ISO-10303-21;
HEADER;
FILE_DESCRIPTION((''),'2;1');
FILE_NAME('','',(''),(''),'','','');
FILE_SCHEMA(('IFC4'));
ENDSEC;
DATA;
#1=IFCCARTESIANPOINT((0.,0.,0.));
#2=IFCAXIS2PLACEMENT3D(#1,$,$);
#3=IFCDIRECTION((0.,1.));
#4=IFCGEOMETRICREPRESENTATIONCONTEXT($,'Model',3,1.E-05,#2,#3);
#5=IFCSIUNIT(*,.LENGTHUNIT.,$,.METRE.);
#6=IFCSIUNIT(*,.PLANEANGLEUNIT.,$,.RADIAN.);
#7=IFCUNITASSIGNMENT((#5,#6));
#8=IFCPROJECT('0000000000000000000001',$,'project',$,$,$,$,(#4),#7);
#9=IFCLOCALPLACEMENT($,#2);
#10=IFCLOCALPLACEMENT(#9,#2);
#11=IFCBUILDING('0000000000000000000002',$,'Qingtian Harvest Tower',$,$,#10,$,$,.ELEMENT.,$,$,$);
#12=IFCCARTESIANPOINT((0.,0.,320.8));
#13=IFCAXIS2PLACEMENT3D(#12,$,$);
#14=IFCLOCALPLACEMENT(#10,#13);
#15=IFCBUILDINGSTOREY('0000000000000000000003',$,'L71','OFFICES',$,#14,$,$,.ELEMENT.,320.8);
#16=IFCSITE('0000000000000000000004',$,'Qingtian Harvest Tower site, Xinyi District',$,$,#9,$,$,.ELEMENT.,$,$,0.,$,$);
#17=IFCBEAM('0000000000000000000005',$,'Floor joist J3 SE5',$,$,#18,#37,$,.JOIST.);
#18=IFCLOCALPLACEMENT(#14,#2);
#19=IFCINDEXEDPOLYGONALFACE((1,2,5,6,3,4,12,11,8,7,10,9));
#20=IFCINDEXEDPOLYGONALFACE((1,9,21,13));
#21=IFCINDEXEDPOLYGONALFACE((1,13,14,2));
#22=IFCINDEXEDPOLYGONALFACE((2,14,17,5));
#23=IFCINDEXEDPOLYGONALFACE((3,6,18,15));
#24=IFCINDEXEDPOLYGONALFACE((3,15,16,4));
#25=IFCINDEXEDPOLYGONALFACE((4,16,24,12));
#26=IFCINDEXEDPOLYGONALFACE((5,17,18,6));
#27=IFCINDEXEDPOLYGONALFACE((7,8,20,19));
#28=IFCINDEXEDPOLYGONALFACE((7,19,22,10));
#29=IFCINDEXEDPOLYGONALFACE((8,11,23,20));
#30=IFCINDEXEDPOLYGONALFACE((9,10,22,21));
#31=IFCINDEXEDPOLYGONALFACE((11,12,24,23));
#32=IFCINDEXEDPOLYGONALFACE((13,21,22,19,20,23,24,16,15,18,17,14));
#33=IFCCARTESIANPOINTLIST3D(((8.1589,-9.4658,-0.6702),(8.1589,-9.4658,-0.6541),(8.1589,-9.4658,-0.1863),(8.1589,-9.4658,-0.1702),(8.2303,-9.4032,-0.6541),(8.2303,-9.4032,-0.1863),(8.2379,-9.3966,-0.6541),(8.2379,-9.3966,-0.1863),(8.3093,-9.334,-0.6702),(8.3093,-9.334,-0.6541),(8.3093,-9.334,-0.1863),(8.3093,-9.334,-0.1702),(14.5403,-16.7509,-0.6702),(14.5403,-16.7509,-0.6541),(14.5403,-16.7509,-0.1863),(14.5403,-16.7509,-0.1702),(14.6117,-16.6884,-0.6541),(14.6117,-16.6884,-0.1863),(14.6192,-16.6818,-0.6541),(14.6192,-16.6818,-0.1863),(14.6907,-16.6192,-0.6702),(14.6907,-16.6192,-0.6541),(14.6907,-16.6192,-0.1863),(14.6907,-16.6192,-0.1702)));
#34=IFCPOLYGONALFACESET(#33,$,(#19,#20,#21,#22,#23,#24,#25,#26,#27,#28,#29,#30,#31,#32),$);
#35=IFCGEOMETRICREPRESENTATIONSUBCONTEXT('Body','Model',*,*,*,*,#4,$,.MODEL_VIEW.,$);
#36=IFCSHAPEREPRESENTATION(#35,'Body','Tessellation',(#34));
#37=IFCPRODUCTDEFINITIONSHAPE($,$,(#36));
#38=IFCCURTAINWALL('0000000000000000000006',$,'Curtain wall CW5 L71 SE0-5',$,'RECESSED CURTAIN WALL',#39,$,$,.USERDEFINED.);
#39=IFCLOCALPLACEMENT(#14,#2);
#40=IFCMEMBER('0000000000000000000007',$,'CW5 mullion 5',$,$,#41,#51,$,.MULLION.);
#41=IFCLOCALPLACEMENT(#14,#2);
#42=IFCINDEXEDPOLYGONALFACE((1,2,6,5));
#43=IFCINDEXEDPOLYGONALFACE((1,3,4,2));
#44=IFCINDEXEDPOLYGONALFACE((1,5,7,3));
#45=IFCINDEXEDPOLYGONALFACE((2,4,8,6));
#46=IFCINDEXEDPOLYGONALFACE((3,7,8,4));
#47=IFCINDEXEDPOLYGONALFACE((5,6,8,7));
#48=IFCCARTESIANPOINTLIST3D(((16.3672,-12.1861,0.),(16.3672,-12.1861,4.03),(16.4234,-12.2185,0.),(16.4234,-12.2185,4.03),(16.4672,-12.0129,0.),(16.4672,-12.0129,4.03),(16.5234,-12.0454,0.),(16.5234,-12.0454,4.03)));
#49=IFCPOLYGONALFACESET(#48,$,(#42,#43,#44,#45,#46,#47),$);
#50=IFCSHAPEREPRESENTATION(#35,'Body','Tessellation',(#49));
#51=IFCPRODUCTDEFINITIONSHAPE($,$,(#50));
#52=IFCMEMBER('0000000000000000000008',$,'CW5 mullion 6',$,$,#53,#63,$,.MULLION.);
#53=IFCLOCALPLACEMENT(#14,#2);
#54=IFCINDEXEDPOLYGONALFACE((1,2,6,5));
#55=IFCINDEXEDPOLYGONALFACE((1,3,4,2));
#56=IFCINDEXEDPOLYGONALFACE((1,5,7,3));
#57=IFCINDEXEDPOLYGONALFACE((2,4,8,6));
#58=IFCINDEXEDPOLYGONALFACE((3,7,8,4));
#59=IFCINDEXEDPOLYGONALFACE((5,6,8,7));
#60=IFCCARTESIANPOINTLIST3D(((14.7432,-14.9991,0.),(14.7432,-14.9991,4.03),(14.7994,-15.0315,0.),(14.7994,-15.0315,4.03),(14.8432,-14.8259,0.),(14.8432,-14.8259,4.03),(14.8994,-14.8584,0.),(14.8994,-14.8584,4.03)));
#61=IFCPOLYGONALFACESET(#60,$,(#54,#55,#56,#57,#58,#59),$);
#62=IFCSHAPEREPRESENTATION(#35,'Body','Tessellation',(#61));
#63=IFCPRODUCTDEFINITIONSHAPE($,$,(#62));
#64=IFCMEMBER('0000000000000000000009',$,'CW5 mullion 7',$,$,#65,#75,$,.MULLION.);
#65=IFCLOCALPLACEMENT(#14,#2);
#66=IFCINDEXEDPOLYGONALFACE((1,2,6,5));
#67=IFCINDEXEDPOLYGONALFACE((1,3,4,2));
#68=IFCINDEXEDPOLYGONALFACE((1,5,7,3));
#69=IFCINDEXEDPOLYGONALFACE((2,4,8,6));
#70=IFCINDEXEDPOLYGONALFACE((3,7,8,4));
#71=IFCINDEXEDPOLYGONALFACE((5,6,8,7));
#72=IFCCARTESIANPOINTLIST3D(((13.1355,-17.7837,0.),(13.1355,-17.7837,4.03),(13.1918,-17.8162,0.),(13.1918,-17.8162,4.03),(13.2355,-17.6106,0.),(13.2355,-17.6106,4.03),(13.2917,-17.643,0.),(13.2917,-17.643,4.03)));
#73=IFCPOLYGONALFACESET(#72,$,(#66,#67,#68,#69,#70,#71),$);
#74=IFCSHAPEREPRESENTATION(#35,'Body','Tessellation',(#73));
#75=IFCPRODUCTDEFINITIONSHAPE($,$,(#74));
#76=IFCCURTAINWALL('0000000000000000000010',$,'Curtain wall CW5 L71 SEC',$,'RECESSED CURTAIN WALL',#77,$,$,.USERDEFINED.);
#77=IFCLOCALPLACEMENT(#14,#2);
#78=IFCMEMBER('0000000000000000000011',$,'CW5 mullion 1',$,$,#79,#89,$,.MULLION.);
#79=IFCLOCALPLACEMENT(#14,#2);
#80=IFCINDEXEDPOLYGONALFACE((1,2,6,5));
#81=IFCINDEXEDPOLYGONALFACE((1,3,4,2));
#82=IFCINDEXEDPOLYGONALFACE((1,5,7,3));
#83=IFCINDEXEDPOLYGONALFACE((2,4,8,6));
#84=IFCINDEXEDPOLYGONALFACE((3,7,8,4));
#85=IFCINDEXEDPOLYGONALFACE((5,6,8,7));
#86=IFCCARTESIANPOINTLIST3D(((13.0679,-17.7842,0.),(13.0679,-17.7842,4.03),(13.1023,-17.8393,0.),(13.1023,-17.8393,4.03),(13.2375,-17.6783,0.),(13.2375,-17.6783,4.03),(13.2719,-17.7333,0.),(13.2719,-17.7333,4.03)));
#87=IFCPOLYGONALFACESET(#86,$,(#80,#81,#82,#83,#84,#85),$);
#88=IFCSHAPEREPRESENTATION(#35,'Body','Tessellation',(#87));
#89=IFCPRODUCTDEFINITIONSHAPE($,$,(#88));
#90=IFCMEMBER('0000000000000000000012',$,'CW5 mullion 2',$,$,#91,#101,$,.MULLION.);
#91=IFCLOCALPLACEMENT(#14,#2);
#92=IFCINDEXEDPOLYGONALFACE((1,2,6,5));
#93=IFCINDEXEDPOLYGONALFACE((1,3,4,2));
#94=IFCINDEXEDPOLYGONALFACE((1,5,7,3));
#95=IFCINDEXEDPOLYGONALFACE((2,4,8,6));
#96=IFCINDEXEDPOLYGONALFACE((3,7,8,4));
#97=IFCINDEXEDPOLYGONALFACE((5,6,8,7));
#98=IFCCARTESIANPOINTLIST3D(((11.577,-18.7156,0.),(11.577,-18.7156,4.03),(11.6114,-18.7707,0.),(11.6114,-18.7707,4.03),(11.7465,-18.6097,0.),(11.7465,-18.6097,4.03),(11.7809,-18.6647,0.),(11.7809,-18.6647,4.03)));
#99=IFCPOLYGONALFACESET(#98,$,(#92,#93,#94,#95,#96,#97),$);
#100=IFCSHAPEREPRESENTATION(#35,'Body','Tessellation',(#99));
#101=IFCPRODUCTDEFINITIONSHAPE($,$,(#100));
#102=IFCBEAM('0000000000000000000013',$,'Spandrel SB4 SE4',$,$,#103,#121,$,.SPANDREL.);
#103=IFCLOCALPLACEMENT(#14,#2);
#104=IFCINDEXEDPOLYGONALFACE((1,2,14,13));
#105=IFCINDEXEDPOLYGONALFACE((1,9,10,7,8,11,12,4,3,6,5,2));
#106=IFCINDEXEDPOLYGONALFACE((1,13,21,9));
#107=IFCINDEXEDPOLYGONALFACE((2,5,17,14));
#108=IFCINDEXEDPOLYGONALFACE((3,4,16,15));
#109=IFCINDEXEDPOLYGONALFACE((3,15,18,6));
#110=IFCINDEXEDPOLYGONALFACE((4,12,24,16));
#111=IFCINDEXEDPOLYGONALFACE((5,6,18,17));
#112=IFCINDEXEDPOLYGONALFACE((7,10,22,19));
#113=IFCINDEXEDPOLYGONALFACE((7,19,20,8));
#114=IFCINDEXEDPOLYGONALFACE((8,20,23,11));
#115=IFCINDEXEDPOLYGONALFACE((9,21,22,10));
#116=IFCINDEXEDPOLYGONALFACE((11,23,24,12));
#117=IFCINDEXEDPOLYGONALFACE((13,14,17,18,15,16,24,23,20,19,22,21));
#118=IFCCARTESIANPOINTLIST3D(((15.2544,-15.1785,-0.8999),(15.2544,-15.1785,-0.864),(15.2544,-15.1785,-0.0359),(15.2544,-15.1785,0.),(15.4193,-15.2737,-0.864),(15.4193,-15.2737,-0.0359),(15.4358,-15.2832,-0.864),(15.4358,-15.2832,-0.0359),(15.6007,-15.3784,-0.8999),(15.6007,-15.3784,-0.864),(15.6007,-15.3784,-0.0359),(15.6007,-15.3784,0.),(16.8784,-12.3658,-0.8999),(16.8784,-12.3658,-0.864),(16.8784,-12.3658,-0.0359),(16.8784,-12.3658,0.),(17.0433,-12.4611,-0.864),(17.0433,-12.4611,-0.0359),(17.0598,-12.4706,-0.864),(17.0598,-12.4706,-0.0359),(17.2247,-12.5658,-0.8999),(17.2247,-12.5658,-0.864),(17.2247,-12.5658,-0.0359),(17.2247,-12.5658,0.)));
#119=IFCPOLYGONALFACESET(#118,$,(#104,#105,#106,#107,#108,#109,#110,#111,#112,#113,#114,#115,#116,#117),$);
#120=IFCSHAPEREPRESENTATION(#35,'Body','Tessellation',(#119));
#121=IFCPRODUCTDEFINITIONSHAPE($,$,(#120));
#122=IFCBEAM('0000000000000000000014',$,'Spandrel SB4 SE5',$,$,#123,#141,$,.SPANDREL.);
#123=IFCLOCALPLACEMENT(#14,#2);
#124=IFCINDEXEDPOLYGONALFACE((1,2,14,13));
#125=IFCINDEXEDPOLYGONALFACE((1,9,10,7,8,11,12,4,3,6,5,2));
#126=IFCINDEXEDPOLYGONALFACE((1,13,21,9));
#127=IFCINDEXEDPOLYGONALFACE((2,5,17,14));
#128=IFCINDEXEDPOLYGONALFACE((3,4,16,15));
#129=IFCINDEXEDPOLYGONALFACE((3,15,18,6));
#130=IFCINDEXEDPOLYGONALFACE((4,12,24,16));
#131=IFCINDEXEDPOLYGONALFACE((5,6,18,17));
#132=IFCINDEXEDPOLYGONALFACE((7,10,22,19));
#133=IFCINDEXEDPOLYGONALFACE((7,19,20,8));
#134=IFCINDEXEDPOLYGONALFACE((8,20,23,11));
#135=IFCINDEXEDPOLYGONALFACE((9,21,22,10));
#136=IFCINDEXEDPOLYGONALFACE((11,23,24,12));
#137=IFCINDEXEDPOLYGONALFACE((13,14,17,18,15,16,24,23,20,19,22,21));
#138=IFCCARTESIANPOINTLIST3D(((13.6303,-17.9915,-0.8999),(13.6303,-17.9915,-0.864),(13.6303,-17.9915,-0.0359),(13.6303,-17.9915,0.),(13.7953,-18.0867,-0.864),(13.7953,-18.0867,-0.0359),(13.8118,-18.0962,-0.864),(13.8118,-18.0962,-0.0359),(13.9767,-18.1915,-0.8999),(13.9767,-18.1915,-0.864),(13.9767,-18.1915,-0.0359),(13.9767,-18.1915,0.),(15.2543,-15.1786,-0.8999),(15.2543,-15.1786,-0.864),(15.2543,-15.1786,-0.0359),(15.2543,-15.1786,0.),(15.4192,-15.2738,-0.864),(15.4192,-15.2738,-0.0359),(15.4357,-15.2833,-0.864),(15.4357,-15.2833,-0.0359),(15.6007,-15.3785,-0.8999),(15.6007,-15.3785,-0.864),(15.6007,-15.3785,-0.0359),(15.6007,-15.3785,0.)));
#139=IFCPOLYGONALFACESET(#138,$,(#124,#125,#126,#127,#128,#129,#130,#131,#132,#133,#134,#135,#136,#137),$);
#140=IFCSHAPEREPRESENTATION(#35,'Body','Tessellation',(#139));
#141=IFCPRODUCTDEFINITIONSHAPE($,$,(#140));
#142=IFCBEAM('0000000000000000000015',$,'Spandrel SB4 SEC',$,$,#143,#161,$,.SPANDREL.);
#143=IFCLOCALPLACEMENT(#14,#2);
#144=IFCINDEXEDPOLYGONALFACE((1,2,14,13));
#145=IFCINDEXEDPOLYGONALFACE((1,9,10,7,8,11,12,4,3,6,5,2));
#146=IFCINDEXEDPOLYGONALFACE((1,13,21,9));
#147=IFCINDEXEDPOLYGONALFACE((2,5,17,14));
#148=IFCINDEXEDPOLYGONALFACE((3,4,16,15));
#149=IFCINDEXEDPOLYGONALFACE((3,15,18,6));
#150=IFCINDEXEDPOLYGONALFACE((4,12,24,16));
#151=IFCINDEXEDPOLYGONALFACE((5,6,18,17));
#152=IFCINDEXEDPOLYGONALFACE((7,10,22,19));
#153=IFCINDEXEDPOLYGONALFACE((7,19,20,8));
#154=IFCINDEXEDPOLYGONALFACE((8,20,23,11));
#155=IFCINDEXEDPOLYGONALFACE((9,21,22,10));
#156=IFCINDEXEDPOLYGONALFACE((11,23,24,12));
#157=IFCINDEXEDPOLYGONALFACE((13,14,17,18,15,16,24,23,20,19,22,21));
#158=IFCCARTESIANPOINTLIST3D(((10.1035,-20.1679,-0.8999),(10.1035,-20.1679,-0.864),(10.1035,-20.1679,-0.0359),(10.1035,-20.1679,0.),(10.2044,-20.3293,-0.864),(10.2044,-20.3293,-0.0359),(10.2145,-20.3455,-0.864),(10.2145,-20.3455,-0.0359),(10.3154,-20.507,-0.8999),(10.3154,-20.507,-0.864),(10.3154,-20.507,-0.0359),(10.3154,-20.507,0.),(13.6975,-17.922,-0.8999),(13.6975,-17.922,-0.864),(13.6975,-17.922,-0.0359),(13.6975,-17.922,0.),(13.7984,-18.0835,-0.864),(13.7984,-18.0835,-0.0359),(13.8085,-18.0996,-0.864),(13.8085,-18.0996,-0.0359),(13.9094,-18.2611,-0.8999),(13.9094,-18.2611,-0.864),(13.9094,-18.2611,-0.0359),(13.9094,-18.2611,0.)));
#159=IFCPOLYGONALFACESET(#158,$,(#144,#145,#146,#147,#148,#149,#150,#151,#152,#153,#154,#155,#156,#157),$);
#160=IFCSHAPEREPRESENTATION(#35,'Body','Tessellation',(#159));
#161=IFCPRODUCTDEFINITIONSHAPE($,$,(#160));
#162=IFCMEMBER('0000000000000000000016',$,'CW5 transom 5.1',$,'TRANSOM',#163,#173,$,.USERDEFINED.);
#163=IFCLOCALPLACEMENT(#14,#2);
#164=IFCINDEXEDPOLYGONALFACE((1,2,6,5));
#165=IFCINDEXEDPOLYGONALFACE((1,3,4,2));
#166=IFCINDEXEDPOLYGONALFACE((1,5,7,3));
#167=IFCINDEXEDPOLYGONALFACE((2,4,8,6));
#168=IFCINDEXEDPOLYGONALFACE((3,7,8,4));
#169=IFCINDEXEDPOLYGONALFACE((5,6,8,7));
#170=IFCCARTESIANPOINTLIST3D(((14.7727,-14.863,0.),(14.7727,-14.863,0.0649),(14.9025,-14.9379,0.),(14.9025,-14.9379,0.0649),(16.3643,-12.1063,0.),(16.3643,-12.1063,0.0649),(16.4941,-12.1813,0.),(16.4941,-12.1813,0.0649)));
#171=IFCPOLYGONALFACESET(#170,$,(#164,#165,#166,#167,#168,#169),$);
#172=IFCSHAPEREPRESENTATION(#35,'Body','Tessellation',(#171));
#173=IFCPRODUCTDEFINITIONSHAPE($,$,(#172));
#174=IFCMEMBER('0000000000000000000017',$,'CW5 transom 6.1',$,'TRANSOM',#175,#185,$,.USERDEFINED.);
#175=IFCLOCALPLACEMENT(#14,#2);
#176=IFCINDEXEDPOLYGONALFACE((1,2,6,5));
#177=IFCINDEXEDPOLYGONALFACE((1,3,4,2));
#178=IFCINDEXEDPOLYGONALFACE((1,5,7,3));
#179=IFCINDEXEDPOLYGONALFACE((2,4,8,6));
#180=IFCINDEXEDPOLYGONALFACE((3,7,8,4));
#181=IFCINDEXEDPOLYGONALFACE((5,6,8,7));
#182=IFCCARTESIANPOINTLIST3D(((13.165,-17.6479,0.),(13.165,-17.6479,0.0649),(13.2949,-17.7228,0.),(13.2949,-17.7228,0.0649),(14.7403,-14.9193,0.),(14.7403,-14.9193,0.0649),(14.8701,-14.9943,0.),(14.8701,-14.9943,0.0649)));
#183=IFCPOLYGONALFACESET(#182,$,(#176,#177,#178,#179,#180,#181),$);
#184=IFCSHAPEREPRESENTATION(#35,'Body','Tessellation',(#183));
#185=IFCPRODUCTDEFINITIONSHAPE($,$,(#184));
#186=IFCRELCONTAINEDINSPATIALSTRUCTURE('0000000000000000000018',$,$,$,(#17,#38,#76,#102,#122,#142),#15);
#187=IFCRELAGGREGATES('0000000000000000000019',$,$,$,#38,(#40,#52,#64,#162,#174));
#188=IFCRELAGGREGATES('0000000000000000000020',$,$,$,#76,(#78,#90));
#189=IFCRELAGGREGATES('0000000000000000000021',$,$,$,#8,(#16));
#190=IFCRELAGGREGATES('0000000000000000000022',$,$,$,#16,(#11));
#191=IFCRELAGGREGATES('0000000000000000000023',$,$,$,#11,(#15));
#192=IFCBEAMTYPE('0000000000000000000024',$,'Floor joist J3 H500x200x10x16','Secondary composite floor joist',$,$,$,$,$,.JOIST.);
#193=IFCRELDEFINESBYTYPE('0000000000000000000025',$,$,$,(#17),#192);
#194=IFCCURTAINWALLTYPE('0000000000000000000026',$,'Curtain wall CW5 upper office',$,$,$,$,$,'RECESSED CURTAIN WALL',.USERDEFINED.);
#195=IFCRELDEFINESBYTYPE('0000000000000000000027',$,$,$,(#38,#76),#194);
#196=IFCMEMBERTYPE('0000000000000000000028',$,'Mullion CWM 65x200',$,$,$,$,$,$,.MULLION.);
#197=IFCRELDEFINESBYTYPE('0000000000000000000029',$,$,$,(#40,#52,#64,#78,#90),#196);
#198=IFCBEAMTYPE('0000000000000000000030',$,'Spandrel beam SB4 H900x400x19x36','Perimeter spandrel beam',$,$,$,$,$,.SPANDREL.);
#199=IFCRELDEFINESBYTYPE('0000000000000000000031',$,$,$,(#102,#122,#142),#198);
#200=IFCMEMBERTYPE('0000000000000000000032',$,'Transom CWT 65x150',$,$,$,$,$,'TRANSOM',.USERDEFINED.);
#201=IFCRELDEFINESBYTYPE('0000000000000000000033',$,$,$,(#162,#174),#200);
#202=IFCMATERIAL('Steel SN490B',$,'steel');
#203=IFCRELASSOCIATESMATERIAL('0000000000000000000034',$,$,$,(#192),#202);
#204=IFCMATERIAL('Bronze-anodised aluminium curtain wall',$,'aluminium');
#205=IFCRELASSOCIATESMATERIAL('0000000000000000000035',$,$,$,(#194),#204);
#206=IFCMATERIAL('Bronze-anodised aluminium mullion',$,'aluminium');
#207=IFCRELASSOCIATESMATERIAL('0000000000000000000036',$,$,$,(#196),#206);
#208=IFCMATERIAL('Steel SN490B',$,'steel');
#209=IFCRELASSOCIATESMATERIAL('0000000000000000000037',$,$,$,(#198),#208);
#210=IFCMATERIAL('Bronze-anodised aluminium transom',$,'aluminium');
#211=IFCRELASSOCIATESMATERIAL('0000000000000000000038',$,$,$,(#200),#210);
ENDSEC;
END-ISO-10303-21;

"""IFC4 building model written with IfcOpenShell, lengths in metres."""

from ifc_helpers import new_model, si_unit, direction, frame, origin, origin_2d, place, context, subcontext, project, spatial, rectangle, i_section, extrude, material, material_profile, profile_set, type_object, element, aggregate, save


model = new_model("IFC4")

# Units and contexts
model_context = context("Model", 3, precision=1e-05, world=origin(), true_north=direction((0.0, 1.0)))
body_context = subcontext(model_context, "Body", "Model", "MODEL_VIEW")
ifc_project = project(units=[si_unit("LENGTHUNIT", "METRE"), si_unit("PLANEANGLEUNIT", "RADIAN")], contexts=[model_context])

# Site, building, storey
site_placement = place(None, origin())
site = spatial("IfcSite", under=ifc_project, at=site_placement, Name="Qingtian Harvest Tower site, Xinyi District", CompositionType="ELEMENT", RefElevation=0.0)
building_placement = place(site_placement, origin())
building = spatial("IfcBuilding", under=site, at=building_placement, Name="Qingtian Harvest Tower", CompositionType="ELEMENT")
storey_placement = place(building_placement, frame((0.0, 0.0, 320.8)))
storey = spatial("IfcBuildingStorey", under=building, at=storey_placement, Name="L71", Description="OFFICES", CompositionType="ELEMENT", Elevation=320.8)

# Beam
ifc_material_1 = material(Name="Steel SN490B", Category="steel")
ifc_material_profile_1 = material_profile(ifc_material_1, i_section(OverallWidth=0.2, OverallDepth=0.5, WebThickness=0.01, FlangeThickness=0.0161, at=origin_2d()), Name="H500x200x10x16")
ifc_profile_set_1 = profile_set([ifc_material_profile_1], Name="Steel SN490B")
beam_type_1 = type_object("IfcBeamType", Name="Floor joist J3 H500x200x10x16", Description="Secondary composite floor joist", PredefinedType="JOIST", material=ifc_profile_set_1)
beam_1_placement = place(storey_placement, frame((14.6155, -16.6851, -0.4202), z_axis=(-0.658904, 0.752227, 0.0), x_axis=(-0.752227, -0.658904, 0.0)))
element("IfcBeam", 1, at=beam_1_placement, inside=storey, type_object=beam_type_1, Name="Floor joist J3 SE5", PredefinedType="JOIST", context=body_context, shape_type="SweptSolid", body=[
    extrude(i_section(OverallWidth=0.2, OverallDepth=0.5, WebThickness=0.01, FlangeThickness=0.0161, at=origin_2d()), origin(), (0.0, 0.0, 1.0), 9.6848),
])

# Curtain walls, members
ifc_material_2 = material(Name="Bronze-anodised aluminium curtain wall", Category="aluminium")
curtain_wall_type = type_object("IfcCurtainWallType", Name="Curtain wall CW5 upper office", ElementType="RECESSED CURTAIN WALL", PredefinedType="USERDEFINED", material=ifc_material_2)
curtain_wall_1_placement = place(storey_placement, origin())
curtain_wall_1 = element("IfcCurtainWall", 2, at=curtain_wall_1_placement, inside=storey, type_object=curtain_wall_type, Name="Curtain wall CW5 L71 SE0-5", ObjectType="RECESSED CURTAIN WALL", PredefinedType="USERDEFINED")
ifc_material_3 = material(Name="Bronze-anodised aluminium mullion", Category="aluminium")
ifc_material_profile_2 = material_profile(ifc_material_3, rectangle(XDim=0.0649, YDim=0.2, at=origin_2d()), Name="AL 65x200")
ifc_profile_set_2 = profile_set([ifc_material_profile_2], Name="Bronze-anodised aluminium mullion")
member_type_1 = type_object("IfcMemberType", Name="Mullion CWM 65x200", PredefinedType="MULLION", material=ifc_profile_set_2)
member_1_placement = place(storey_placement, frame((16.4453, -12.1157, 0.0), z_axis=(0.0, 0.0, 1.0), x_axis=(0.866025, -0.5, 0.0)))
member_1 = element("IfcMember", 3, at=member_1_placement, type_object=member_type_1, Name="CW5 mullion 5", PredefinedType="MULLION", context=body_context, shape_type="SweptSolid", body=[
    extrude(rectangle(XDim=0.0649, YDim=0.2, at=origin_2d()), origin(), (0.0, 0.0, 1.0), 4.03),
])
member_2_placement = place(storey_placement, frame((14.8213, -14.9287, 0.0), z_axis=(0.0, 0.0, 1.0), x_axis=(0.866025, -0.5, 0.0)))
member_2 = element("IfcMember", 4, at=member_2_placement, type_object=member_type_1, Name="CW5 mullion 6", PredefinedType="MULLION", context=body_context, shape_type="SweptSolid", body=[
    extrude(rectangle(XDim=0.0649, YDim=0.2, at=origin_2d()), origin(), (0.0, 0.0, 1.0), 4.03),
])
member_3_placement = place(storey_placement, frame((13.2136, -17.7134, 0.0), z_axis=(0.0, 0.0, 1.0), x_axis=(0.866025, -0.5, 0.0)))
member_3 = element("IfcMember", 5, at=member_3_placement, type_object=member_type_1, Name="CW5 mullion 7", PredefinedType="MULLION", context=body_context, shape_type="SweptSolid", body=[
    extrude(rectangle(XDim=0.0649, YDim=0.2, at=origin_2d()), origin(), (0.0, 0.0, 1.0), 4.03),
])
curtain_wall_2_placement = place(storey_placement, origin())
curtain_wall_2 = element("IfcCurtainWall", 6, at=curtain_wall_2_placement, inside=storey, type_object=curtain_wall_type, Name="Curtain wall CW5 L71 SEC", ObjectType="RECESSED CURTAIN WALL", PredefinedType="USERDEFINED")
member_4_placement = place(storey_placement, frame((13.1699, -17.7588, 0.0), z_axis=(0.0, 0.0, 1.0), x_axis=(0.529919, -0.848048, 0.0)))
member_4 = element("IfcMember", 7, at=member_4_placement, type_object=member_type_1, Name="CW5 mullion 1", PredefinedType="MULLION", context=body_context, shape_type="SweptSolid", body=[
    extrude(rectangle(XDim=0.0649, YDim=0.2, at=origin_2d()), origin(), (0.0, 0.0, 1.0), 4.03),
])
member_5_placement = place(storey_placement, frame((11.679, -18.6902, 0.0), z_axis=(0.0, 0.0, 1.0), x_axis=(0.529919, -0.848048, 0.0)))
member_5 = element("IfcMember", 8, at=member_5_placement, type_object=member_type_1, Name="CW5 mullion 2", PredefinedType="MULLION", context=body_context, shape_type="SweptSolid", body=[
    extrude(rectangle(XDim=0.0649, YDim=0.2, at=origin_2d()), origin(), (0.0, 0.0, 1.0), 4.03),
])

# Beams
ifc_material_4 = material(Name="Steel SN490B", Category="steel")
ifc_material_profile_3 = material_profile(ifc_material_4, i_section(OverallWidth=0.3999, OverallDepth=0.8999, WebThickness=0.019, FlangeThickness=0.0359, at=origin_2d()), Name="H900x400x19x36")
ifc_profile_set_3 = profile_set([ifc_material_profile_3], Name="Steel SN490B")
beam_type_2 = type_object("IfcBeamType", Name="Spandrel beam SB4 H900x400x19x36", Description="Perimeter spandrel beam", PredefinedType="SPANDREL", material=ifc_profile_set_3)
beam_2_placement = place(storey_placement, frame((17.0515, -12.4658, -0.45), z_axis=(-0.50002, -0.866014, 0.0), x_axis=(0.866014, -0.50002, 0.0)))
element("IfcBeam", 9, at=beam_2_placement, inside=storey, type_object=beam_type_2, Name="Spandrel SB4 SE4", PredefinedType="SPANDREL", context=body_context, shape_type="SweptSolid", body=[
    extrude(i_section(OverallWidth=0.3999, OverallDepth=0.8999, WebThickness=0.019, FlangeThickness=0.0359, at=origin_2d()), origin(), (0.0, 0.0, 1.0), 3.2478),
])
beam_3_placement = place(storey_placement, frame((15.4275, -15.2786, -0.45), z_axis=(-0.499987, -0.866033, 0.0), x_axis=(0.866033, -0.499987, 0.0)))
element("IfcBeam", 10, at=beam_3_placement, inside=storey, type_object=beam_type_2, Name="Spandrel SB4 SE5", PredefinedType="SPANDREL", context=body_context, shape_type="SweptSolid", body=[
    extrude(i_section(OverallWidth=0.3999, OverallDepth=0.8999, WebThickness=0.019, FlangeThickness=0.0359, at=origin_2d()), origin(), (0.0, 0.0, 1.0), 3.248),
])
beam_4_placement = place(storey_placement, frame((13.8035, -18.0916, -0.45), z_axis=(-0.84804, -0.529932, 0.0), x_axis=(0.529932, -0.84804, 0.0)))
element("IfcBeam", 11, at=beam_4_placement, inside=storey, type_object=beam_type_2, Name="Spandrel SB4 SEC", PredefinedType="SPANDREL", context=body_context, shape_type="SweptSolid", body=[
    extrude(i_section(OverallWidth=0.3999, OverallDepth=0.8999, WebThickness=0.019, FlangeThickness=0.0359, at=origin_2d()), origin(), (0.0, 0.0, 1.0), 4.238),
])

# Members
ifc_material_5 = material(Name="Bronze-anodised aluminium transom", Category="aluminium")
ifc_material_profile_4 = material_profile(ifc_material_5, rectangle(XDim=0.1499, YDim=0.0649, at=origin_2d()), Name="AL 65x150")
ifc_profile_set_4 = profile_set([ifc_material_profile_4], Name="Bronze-anodised aluminium transom")
member_type_2 = type_object("IfcMemberType", Name="Transom CWT 65x150", ElementType="TRANSOM", PredefinedType="USERDEFINED", material=ifc_profile_set_4)
member_6_placement = place(storey_placement, frame((16.4292, -12.1438, 0.0325), z_axis=(-0.500008, -0.866021, 0.0), x_axis=(0.866021, -0.500008, 0.0)))
member_6 = element("IfcMember", 12, at=member_6_placement, type_object=member_type_2, Name="CW5 transom 5.1", ObjectType="TRANSOM", PredefinedType="USERDEFINED", context=body_context, shape_type="SweptSolid", body=[
    extrude(rectangle(XDim=0.1499, YDim=0.0649, at=origin_2d()), origin(), (0.0, 0.0, 1.0), 3.1831),
])
member_7_placement = place(storey_placement, frame((14.8052, -14.9568, 0.0325), z_axis=(-0.499973, -0.866041, 0.0), x_axis=(0.866041, -0.499973, 0.0)))
member_7 = element("IfcMember", 13, at=member_7_placement, type_object=member_type_2, Name="CW5 transom 6.1", ObjectType="TRANSOM", PredefinedType="USERDEFINED", context=body_context, shape_type="SweptSolid", body=[
    extrude(rectangle(XDim=0.1499, YDim=0.0649, at=origin_2d()), origin(), (0.0, 0.0, 1.0), 3.1506),
])

aggregate(curtain_wall_1, [member_1, member_2, member_3, member_6, member_7])
aggregate(curtain_wall_2, [member_4, member_5])

save(model, "model.ifc")
